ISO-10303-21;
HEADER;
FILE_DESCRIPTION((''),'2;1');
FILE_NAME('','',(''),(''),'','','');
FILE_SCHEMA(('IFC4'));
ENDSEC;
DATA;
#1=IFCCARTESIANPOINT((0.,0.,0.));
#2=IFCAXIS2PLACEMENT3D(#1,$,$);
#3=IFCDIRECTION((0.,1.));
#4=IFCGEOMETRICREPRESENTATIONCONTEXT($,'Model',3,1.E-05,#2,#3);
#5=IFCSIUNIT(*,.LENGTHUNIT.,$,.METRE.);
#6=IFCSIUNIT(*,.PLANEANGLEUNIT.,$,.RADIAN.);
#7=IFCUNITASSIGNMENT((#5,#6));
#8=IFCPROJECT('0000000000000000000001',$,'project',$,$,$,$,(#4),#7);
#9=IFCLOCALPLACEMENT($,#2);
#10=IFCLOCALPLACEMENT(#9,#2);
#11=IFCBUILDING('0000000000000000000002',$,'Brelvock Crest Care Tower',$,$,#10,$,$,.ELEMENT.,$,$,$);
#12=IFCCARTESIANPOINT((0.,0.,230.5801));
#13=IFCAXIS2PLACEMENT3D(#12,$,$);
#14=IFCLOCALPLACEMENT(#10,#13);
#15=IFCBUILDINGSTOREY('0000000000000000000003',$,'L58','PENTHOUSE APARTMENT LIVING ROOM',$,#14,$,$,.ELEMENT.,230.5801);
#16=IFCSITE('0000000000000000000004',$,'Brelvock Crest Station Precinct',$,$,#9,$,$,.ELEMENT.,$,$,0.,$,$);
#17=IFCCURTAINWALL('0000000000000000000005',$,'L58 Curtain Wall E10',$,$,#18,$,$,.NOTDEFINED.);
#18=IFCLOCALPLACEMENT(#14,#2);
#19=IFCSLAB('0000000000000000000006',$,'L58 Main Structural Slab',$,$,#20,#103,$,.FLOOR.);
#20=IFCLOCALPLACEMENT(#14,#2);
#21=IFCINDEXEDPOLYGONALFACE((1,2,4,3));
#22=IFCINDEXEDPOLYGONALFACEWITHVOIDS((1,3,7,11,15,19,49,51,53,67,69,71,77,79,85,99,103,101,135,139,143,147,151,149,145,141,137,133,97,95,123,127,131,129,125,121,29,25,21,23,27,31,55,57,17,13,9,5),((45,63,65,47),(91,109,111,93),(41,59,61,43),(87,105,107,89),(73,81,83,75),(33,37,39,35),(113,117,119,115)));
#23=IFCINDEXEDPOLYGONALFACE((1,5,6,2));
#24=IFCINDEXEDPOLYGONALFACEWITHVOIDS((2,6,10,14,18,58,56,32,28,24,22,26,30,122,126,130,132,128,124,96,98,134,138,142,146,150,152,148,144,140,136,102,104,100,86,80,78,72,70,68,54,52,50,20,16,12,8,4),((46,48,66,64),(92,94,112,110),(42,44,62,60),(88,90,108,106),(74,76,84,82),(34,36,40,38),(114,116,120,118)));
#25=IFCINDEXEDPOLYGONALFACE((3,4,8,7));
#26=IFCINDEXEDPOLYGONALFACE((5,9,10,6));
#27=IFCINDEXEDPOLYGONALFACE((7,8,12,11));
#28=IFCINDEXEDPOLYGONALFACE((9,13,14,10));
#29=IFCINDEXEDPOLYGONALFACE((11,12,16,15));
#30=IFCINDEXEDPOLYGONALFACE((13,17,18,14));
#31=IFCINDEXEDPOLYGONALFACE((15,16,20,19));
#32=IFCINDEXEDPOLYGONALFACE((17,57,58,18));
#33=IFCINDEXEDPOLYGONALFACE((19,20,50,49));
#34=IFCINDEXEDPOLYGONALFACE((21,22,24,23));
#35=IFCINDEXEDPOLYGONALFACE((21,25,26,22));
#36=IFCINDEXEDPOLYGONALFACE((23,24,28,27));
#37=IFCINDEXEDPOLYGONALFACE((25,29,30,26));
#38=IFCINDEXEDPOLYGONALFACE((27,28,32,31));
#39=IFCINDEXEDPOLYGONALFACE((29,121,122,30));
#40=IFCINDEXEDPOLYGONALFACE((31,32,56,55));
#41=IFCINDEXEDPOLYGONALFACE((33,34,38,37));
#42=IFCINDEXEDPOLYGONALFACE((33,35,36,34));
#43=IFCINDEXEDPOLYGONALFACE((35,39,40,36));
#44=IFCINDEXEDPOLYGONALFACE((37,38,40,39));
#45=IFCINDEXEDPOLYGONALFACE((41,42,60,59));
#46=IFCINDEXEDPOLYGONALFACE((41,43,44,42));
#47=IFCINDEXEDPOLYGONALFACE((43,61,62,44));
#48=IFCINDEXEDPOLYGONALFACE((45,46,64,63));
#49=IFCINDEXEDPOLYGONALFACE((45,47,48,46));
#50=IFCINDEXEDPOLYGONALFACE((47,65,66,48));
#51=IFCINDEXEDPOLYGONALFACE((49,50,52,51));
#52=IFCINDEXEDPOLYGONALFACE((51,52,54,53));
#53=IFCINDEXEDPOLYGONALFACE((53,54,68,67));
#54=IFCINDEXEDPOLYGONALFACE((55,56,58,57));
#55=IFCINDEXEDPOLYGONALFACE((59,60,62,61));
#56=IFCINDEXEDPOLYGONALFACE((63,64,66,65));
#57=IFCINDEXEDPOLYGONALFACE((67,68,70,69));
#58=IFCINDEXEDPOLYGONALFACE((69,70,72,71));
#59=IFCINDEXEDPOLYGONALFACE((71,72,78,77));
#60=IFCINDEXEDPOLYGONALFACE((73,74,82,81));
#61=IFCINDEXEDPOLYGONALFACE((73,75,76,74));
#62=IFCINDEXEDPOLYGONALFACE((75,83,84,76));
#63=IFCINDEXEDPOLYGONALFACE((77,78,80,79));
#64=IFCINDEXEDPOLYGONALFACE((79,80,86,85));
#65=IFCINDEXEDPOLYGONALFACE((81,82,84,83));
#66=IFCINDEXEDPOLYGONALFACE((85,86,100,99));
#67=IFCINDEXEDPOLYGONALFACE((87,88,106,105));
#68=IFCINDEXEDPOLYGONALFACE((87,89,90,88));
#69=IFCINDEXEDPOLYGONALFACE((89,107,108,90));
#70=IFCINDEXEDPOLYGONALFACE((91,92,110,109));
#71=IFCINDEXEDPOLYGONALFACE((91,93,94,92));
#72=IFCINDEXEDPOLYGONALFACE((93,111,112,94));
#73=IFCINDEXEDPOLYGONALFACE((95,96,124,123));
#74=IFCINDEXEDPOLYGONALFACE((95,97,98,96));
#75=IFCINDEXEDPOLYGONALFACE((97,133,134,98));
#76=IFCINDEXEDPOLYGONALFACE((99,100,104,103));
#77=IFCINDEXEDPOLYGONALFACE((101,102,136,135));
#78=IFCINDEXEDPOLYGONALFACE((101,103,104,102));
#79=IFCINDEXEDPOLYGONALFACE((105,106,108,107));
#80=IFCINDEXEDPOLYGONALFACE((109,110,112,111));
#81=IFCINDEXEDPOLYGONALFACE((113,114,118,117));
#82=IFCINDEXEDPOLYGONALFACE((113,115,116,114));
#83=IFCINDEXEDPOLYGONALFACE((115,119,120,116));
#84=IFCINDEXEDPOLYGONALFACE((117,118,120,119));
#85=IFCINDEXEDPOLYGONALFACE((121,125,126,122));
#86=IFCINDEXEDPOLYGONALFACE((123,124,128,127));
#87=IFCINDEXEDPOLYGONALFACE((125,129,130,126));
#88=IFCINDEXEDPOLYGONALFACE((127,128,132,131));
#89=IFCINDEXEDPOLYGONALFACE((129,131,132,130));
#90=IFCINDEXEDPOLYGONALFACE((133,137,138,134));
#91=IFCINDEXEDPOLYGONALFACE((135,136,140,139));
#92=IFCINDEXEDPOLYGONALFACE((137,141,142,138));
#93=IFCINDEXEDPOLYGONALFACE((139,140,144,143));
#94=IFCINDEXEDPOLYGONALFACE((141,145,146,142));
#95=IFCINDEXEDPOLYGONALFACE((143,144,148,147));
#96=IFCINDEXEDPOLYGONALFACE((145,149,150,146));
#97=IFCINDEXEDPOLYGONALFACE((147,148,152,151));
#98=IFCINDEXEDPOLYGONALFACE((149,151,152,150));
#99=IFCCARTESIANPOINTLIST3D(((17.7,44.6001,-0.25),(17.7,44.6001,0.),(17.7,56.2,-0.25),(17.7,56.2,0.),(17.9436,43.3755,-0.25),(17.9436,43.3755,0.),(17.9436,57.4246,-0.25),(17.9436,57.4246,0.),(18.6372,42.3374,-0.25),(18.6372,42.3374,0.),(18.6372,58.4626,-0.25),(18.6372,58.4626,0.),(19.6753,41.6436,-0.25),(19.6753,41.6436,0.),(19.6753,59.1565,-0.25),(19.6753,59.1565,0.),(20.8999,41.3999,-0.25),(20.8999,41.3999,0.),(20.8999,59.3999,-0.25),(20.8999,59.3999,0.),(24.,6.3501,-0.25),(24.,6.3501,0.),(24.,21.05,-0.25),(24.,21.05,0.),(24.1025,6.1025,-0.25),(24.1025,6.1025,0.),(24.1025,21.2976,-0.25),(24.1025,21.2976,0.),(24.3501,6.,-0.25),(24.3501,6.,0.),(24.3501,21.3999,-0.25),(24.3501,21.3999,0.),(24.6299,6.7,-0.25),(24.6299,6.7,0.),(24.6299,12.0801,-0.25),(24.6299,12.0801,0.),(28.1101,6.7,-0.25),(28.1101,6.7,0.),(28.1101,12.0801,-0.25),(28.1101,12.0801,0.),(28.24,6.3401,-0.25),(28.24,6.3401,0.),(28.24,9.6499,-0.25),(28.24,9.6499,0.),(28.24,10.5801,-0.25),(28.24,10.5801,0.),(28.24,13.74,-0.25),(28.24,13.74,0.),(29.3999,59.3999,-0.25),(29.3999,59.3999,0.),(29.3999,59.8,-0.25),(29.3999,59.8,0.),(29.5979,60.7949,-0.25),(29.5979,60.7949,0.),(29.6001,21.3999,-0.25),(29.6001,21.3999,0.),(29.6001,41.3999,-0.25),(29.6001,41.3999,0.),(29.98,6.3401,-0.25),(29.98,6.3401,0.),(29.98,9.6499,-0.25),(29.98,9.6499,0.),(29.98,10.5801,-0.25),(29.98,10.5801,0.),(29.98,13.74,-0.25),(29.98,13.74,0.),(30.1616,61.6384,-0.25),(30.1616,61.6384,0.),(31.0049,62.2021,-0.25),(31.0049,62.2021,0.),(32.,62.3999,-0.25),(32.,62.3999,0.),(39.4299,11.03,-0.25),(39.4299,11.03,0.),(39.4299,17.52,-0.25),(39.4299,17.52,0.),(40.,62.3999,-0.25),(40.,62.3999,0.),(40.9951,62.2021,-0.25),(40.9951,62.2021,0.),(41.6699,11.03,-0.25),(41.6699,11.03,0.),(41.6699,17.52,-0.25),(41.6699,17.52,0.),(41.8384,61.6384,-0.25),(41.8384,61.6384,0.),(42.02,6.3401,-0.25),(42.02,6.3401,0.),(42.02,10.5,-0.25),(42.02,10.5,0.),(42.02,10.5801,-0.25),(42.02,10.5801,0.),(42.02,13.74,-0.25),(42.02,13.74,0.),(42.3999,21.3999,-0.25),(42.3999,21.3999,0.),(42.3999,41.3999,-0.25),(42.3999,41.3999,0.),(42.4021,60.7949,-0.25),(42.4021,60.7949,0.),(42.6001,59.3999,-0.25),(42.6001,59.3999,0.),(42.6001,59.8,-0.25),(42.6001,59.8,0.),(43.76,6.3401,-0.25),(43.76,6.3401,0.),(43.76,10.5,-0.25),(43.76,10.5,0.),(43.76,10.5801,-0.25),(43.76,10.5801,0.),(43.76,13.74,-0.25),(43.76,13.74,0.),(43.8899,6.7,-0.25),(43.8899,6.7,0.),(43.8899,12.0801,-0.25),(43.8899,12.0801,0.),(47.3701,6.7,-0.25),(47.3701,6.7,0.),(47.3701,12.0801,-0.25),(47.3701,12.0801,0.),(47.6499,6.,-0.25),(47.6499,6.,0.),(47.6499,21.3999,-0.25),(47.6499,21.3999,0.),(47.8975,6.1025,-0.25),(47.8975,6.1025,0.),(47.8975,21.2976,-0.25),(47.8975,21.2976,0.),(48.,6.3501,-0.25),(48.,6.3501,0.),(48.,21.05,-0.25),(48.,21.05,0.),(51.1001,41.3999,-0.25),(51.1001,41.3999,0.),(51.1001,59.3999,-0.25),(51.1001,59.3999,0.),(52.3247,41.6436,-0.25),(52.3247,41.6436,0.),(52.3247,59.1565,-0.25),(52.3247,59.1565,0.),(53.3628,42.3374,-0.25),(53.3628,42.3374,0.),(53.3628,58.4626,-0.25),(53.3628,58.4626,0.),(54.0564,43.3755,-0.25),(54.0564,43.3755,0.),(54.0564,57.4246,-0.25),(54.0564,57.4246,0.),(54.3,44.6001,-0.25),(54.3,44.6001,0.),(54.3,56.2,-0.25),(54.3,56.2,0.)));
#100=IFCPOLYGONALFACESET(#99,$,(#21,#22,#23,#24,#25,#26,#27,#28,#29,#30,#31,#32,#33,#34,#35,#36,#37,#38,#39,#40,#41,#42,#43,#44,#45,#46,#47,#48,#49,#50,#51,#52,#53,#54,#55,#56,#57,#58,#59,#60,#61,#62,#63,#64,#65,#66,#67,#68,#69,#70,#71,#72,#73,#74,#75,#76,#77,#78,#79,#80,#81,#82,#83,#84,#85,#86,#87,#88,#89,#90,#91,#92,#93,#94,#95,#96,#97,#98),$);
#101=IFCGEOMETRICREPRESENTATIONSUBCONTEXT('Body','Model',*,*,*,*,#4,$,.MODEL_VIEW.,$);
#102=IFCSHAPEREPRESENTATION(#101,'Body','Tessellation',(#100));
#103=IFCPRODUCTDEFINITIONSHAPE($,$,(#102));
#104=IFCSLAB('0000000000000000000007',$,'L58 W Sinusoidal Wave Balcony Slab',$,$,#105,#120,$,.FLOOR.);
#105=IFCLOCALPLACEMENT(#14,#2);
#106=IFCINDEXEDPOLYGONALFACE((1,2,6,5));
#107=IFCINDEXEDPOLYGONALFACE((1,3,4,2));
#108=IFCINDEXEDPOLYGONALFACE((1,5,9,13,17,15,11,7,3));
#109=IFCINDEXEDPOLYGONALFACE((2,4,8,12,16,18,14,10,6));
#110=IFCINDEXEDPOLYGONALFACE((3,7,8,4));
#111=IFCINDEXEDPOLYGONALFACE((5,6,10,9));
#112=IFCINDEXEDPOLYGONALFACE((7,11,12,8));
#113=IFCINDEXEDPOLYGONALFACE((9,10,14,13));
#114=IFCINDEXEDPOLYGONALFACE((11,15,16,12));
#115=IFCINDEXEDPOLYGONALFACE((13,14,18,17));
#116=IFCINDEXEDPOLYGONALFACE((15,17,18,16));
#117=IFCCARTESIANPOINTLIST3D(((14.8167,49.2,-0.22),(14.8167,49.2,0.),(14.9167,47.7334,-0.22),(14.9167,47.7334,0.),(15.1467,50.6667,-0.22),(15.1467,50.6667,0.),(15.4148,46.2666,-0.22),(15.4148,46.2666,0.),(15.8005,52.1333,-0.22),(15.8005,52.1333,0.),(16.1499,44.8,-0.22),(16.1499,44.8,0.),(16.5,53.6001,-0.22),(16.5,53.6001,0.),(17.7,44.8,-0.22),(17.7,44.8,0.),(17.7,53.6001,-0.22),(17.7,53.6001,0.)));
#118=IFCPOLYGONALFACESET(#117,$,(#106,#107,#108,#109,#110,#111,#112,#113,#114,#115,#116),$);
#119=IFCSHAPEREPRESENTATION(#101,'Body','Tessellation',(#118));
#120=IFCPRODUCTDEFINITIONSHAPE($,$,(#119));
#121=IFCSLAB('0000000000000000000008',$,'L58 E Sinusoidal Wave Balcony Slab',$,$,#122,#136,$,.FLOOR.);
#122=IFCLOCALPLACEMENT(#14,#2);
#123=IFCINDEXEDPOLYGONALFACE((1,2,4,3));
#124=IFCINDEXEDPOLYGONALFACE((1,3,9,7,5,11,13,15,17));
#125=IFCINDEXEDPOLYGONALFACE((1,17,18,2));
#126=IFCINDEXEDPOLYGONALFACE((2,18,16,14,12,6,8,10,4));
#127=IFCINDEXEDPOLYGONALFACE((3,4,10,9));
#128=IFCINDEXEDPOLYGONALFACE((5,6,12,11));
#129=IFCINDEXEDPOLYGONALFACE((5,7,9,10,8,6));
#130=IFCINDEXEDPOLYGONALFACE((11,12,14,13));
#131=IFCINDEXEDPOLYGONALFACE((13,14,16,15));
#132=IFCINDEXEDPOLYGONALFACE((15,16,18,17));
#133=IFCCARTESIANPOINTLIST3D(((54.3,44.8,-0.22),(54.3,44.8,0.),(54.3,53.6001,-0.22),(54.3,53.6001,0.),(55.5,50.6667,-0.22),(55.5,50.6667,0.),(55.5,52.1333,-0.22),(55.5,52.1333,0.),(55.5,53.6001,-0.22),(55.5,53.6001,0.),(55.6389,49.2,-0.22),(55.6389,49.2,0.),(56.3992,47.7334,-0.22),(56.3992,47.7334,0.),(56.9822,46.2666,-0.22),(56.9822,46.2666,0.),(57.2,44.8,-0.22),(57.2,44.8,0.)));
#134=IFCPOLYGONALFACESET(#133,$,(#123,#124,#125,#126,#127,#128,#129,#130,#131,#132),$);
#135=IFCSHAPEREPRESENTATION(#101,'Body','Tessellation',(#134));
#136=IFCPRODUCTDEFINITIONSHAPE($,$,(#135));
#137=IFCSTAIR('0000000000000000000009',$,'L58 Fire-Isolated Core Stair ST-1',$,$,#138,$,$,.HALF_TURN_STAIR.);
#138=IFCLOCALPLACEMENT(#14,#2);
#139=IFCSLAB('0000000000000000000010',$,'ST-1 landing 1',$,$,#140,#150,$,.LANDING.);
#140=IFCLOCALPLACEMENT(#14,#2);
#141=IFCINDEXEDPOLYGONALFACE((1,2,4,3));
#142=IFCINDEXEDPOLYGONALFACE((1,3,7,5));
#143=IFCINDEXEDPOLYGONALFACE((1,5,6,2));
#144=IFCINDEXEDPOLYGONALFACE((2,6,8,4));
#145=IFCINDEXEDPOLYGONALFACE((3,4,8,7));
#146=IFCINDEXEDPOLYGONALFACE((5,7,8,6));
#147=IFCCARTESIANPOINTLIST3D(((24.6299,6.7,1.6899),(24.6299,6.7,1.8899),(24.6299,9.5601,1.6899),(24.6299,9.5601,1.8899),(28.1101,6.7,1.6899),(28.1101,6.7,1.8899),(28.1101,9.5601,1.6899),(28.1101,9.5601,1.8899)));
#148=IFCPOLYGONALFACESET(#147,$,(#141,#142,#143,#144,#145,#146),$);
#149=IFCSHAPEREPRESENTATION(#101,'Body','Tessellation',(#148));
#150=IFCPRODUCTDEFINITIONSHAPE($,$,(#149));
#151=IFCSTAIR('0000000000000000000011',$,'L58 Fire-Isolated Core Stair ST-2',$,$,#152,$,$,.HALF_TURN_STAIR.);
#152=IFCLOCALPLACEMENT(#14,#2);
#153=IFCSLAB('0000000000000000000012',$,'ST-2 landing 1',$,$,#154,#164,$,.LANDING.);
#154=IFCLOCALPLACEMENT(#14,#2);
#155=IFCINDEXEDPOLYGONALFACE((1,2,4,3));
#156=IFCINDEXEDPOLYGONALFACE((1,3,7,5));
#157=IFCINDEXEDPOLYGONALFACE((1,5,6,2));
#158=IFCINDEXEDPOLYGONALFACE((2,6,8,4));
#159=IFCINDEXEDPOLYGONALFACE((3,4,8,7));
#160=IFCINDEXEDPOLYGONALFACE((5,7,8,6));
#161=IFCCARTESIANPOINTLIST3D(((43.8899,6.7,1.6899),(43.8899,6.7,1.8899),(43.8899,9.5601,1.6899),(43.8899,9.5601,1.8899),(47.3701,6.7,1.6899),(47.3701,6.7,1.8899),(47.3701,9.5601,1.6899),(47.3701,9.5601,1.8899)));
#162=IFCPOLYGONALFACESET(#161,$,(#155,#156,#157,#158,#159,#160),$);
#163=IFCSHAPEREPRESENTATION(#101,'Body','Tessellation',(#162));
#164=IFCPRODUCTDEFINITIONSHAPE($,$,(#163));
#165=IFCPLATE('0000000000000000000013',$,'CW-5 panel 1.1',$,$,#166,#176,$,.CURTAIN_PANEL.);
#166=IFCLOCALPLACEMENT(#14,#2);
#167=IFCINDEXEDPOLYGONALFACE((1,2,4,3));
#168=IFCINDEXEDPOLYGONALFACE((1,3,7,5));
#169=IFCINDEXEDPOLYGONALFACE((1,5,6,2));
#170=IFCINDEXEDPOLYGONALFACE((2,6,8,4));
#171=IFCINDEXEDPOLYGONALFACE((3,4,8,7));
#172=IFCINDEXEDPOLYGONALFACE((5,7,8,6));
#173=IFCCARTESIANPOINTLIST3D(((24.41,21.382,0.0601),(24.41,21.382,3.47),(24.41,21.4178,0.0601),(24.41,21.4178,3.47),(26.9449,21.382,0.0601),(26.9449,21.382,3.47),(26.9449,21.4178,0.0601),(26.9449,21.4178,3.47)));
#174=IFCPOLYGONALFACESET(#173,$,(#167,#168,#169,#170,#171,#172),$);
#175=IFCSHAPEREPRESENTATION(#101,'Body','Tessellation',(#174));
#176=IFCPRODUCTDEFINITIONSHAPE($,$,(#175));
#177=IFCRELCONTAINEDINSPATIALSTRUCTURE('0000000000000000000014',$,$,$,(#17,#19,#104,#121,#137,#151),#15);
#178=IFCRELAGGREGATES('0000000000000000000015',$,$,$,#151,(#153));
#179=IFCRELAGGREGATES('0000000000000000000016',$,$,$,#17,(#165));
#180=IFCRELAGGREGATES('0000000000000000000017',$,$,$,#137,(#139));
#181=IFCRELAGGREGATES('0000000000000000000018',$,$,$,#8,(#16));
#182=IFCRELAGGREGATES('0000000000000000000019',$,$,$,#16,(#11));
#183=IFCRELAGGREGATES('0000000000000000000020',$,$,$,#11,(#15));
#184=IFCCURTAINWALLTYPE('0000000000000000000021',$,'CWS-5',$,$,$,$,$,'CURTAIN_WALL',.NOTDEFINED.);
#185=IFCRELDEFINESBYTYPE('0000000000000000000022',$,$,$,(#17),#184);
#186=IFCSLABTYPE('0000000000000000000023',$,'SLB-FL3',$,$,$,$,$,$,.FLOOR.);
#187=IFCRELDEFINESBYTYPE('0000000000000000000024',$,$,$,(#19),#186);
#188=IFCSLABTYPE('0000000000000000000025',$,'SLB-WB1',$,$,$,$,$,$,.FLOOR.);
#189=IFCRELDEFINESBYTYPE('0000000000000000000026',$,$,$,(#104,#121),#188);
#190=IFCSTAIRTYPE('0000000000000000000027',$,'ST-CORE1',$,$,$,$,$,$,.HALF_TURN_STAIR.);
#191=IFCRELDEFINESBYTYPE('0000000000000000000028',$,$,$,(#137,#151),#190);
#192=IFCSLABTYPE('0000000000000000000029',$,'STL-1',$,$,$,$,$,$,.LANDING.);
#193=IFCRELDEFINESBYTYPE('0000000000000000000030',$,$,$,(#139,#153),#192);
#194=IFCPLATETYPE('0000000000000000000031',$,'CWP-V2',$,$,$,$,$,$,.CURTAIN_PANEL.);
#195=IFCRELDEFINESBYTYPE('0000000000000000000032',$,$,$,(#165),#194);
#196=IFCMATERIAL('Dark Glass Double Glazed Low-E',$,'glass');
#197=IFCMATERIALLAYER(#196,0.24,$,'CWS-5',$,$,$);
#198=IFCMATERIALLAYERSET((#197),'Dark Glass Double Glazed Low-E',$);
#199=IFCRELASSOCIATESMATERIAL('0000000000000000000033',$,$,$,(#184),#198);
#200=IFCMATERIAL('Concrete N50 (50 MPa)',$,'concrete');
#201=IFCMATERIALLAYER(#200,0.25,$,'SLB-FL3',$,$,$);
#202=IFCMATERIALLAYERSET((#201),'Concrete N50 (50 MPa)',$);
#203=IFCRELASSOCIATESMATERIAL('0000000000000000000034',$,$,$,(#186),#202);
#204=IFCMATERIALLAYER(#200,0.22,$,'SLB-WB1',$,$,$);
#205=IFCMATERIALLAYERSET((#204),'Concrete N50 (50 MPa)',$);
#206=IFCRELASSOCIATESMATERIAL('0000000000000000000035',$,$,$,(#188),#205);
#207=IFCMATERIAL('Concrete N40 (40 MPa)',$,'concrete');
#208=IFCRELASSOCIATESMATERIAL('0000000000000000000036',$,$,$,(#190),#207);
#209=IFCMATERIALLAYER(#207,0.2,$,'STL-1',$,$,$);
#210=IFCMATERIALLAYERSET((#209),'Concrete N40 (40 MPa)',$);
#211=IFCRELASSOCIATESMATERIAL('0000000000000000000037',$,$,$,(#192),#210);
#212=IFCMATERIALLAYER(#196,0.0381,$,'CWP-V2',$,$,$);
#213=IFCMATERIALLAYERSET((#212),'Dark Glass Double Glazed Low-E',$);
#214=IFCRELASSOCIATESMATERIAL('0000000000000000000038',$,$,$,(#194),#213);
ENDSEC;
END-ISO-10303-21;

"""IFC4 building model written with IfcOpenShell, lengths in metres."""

from ifc_helpers import new_model, si_unit, direction, frame, origin, origin_2d, place, context, subcontext, project, spatial, polyline, rectangle, outline, extrude, source, transform, mapped, material, layer, layer_set, type_object, element, aggregate, save


model = new_model("IFC4")

# Units and contexts
model_context = context("Model", 3, precision=1e-05, world=origin(), true_north=direction((0.0, 1.0)))
body_context = subcontext(model_context, "Body", "Model", "MODEL_VIEW")
ifc_project = project(units=[si_unit("LENGTHUNIT", "METRE"), si_unit("PLANEANGLEUNIT", "RADIAN")], contexts=[model_context])

# Site, building, storey
site_placement = place(None, origin())
site = spatial("IfcSite", under=ifc_project, at=site_placement, Name="Brelvock Crest Station Precinct", CompositionType="ELEMENT", RefElevation=0.0)
building_placement = place(site_placement, origin())
building = spatial("IfcBuilding", under=site, at=building_placement, Name="Brelvock Crest Care Tower", CompositionType="ELEMENT")
storey_placement = place(building_placement, frame((0.0, 0.0, 230.5801)))
storey = spatial("IfcBuildingStorey", under=building, at=storey_placement, Name="L58", Description="PENTHOUSE APARTMENT LIVING ROOM", CompositionType="ELEMENT", Elevation=230.5801)

# Curtain wall
ifc_material_1 = material(Name="Dark Glass Double Glazed Low-E", Category="glass")
ifc_layer_1 = layer(ifc_material_1, 0.24, Name="CWS-5")
ifc_layer_set_1 = layer_set([ifc_layer_1], Name="Dark Glass Double Glazed Low-E")
curtain_wall_type = type_object("IfcCurtainWallType", Name="CWS-5", ElementType="CURTAIN_WALL", PredefinedType="NOTDEFINED", material=ifc_layer_set_1)
curtain_wall_placement = place(storey_placement, origin())
curtain_wall = element("IfcCurtainWall", 1, at=curtain_wall_placement, inside=storey, type_object=curtain_wall_type, Name="L58 Curtain Wall E10", PredefinedType="NOTDEFINED")

# Slabs
ifc_material_2 = material(Name="Concrete N50 (50 MPa)", Category="concrete")
ifc_layer_2 = layer(ifc_material_2, 0.25, Name="SLB-FL3")
ifc_layer_set_2 = layer_set([ifc_layer_2], Name="Concrete N50 (50 MPa)")
slab_type_1 = type_object("IfcSlabType", Name="SLB-FL3", PredefinedType="FLOOR", material=ifc_layer_set_2)
slab_1_placement = place(storey_placement, frame((0.0, 0.0, -0.25)))
element("IfcSlab", 2, at=slab_1_placement, inside=storey, type_object=slab_type_1, Name="L58 Main Structural Slab", PredefinedType="FLOOR", context=body_context, shape_type="SweptSolid", body=[
    extrude(outline(polyline([(47.6499, 21.3999), (42.3999, 21.3999), (42.3999, 41.3999), (51.1001, 41.3999), (52.3247, 41.6436), (53.3628, 42.3374), (54.0564, 43.3755), (54.3, 44.6001), (54.3, 56.2), (54.0564, 57.4246), (53.3628, 58.4626), (52.3247, 59.1565), (51.1001, 59.3999), (42.6001, 59.3999), (42.6001, 59.8), (42.4021, 60.7949), (41.8384, 61.6384), (40.9951, 62.2021), (40.0, 62.3999), (32.0, 62.3999), (31.0049, 62.2021), (30.1616, 61.6384), (29.5979, 60.7949), (29.3999, 59.8), (29.3999, 59.3999), (20.8999, 59.3999), (19.6753, 59.1565), (18.6372, 58.4626), (17.9436, 57.4246), (17.7, 56.2), (17.7, 44.6001), (17.9436, 43.3755), (18.6372, 42.3374), (19.6753, 41.6436), (20.8999, 41.3999), (29.6001, 41.3999), (29.6001, 21.3999), (24.3501, 21.3999), (24.1025, 21.2976), (24.0, 21.05), (24.0, 6.3501), (24.1025, 6.1025), (24.3501, 6.0), (47.6499, 6.0), (47.8975, 6.1025), (48.0, 6.3501), (48.0, 21.05), (47.8975, 21.2976), (47.6499, 21.3999)]), holes=[polyline([(28.24, 10.5801), (29.98, 10.5801), (29.98, 13.74), (28.24, 13.74), (28.24, 10.5801)]), polyline([(42.02, 10.5801), (43.76, 10.5801), (43.76, 13.74), (42.02, 13.74), (42.02, 10.5801)]), polyline([(28.24, 6.3401), (29.98, 6.3401), (29.98, 9.6499), (28.24, 9.6499), (28.24, 6.3401)]), polyline([(24.6299, 12.0801), (24.6299, 6.7), (28.1101, 6.7), (28.1101, 12.0801), (24.6299, 12.0801)]), polyline([(43.8899, 12.0801), (43.8899, 6.7), (47.3701, 6.7), (47.3701, 12.0801), (43.8899, 12.0801)]), polyline([(42.02, 6.3401), (43.76, 6.3401), (43.76, 10.5), (42.02, 10.5), (42.02, 6.3401)]), polyline([(39.4299, 11.03), (41.6699, 11.03), (41.6699, 17.52), (39.4299, 17.52), (39.4299, 11.03)])]), origin(), (0.0, 0.0, 1.0), 0.25),
])
ifc_layer_3 = layer(ifc_material_2, 0.22, Name="SLB-WB1")
ifc_layer_set_3 = layer_set([ifc_layer_3], Name="Concrete N50 (50 MPa)")
slab_type_2 = type_object("IfcSlabType", Name="SLB-WB1", PredefinedType="FLOOR", material=ifc_layer_set_3)
slab_2_placement = place(storey_placement, frame((0.0, 0.0, -0.22)))
element("IfcSlab", 3, at=slab_2_placement, inside=storey, type_object=slab_type_2, Name="L58 W Sinusoidal Wave Balcony Slab", PredefinedType="FLOOR", context=body_context, shape_type="SweptSolid", body=[
    extrude(outline(polyline([(17.7, 53.6001), (16.5, 53.6001), (15.8005, 52.1333), (15.1467, 50.6667), (14.8167, 49.2), (14.9167, 47.7334), (15.4148, 46.2666), (16.1499, 44.8), (17.7, 44.8), (17.7, 53.6001)])), origin(), (0.0, 0.0, 1.0), 0.22),
])
slab_3_placement = place(storey_placement, frame((0.0, 0.0, -0.22)))
element("IfcSlab", 4, at=slab_3_placement, inside=storey, type_object=slab_type_2, Name="L58 E Sinusoidal Wave Balcony Slab", PredefinedType="FLOOR", context=body_context, shape_type="SweptSolid", body=[
    extrude(outline(polyline([(54.3, 44.8), (57.2, 44.8), (56.9822, 46.2666), (56.3992, 47.7334), (55.6389, 49.2), (55.5, 50.6667), (55.5, 52.1333), (55.5, 53.6001), (54.3, 53.6001), (54.3, 44.8)])), origin(), (0.0, 0.0, 1.0), 0.22),
])

# Stairs, slabs
ifc_material_3 = material(Name="Concrete N40 (40 MPa)", Category="concrete")
stair_type = type_object("IfcStairType", Name="ST-CORE1", PredefinedType="HALF_TURN_STAIR", material=ifc_material_3)
stair_1_placement = place(storey_placement, origin())
stair_1 = element("IfcStair", 5, at=stair_1_placement, inside=storey, type_object=stair_type, Name="L58 Fire-Isolated Core Stair ST-1", PredefinedType="HALF_TURN_STAIR")
ifc_layer_4 = layer(ifc_material_3, 0.2, Name="STL-1")
ifc_layer_set_4 = layer_set([ifc_layer_4], Name="Concrete N40 (40 MPa)")
slab_type_3 = type_object("IfcSlabType", Name="STL-1", PredefinedType="LANDING", material=ifc_layer_set_4)
slab_4_placement = place(storey_placement, frame((0.0, 0.0, 1.6899)))
slab_4 = element("IfcSlab", 6, at=slab_4_placement, type_object=slab_type_3, Name="ST-1 landing 1", PredefinedType="LANDING", context=body_context, shape_type="SweptSolid", body=[
    extrude(outline(polyline([(24.6299, 9.5601), (24.6299, 6.7), (28.1101, 6.7), (28.1101, 9.5601), (24.6299, 9.5601)])), origin(), (0.0, 0.0, 1.0), 0.2),
])
stair_2_placement = place(storey_placement, origin())
stair_2 = element("IfcStair", 7, at=stair_2_placement, inside=storey, type_object=stair_type, Name="L58 Fire-Isolated Core Stair ST-2", PredefinedType="HALF_TURN_STAIR")
slab_5_placement = place(storey_placement, frame((0.0, 0.0, 1.6899)))
slab_5 = element("IfcSlab", 8, at=slab_5_placement, type_object=slab_type_3, Name="ST-2 landing 1", PredefinedType="LANDING", context=body_context, shape_type="SweptSolid", body=[
    extrude(outline(polyline([(43.8899, 9.5601), (43.8899, 6.7), (47.3701, 6.7), (47.3701, 9.5601), (43.8899, 9.5601)])), origin(), (0.0, 0.0, 1.0), 0.2),
])
aggregate(stair_2, [slab_5])

# Plate
ifc_layer_5 = layer(ifc_material_1, 0.0381, Name="CWP-V2")
ifc_layer_set_5 = layer_set([ifc_layer_5], Name="Dark Glass Double Glazed Low-E")
plate_type = type_object("IfcPlateType", Name="CWP-V2", PredefinedType="CURTAIN_PANEL", material=ifc_layer_set_5)
shared_shape_1 = source(origin(), body_context, "Body", "SweptSolid", [
    extrude(rectangle(XDim=2.5349, YDim=0.0359, at=origin_2d()), origin(), (0.0, 0.0, 1.0), 3.4099),
])
plate_placement = place(storey_placement, frame((25.6775, 21.3999, 0.0601), z_axis=(0.0, 0.0, 1.0), x_axis=(1.0, 0.0, 0.0)))
plate = element("IfcPlate", 9, at=plate_placement, type_object=plate_type, Name="CW-5 panel 1.1", PredefinedType="CURTAIN_PANEL", context=body_context, shape_type="MappedRepresentation", body=[
    mapped(shared_shape_1, transform((0.0, 0.0, 0.0), x_axis=(1.0, 0.0, 0.0), y_axis=(0.0, 1.0, 0.0), z_axis=(0.0, 0.0, 1.0), scale=1.0)),
])
aggregate(curtain_wall, [plate])

aggregate(stair_1, [slab_4])

save(model, "model.ifc")
